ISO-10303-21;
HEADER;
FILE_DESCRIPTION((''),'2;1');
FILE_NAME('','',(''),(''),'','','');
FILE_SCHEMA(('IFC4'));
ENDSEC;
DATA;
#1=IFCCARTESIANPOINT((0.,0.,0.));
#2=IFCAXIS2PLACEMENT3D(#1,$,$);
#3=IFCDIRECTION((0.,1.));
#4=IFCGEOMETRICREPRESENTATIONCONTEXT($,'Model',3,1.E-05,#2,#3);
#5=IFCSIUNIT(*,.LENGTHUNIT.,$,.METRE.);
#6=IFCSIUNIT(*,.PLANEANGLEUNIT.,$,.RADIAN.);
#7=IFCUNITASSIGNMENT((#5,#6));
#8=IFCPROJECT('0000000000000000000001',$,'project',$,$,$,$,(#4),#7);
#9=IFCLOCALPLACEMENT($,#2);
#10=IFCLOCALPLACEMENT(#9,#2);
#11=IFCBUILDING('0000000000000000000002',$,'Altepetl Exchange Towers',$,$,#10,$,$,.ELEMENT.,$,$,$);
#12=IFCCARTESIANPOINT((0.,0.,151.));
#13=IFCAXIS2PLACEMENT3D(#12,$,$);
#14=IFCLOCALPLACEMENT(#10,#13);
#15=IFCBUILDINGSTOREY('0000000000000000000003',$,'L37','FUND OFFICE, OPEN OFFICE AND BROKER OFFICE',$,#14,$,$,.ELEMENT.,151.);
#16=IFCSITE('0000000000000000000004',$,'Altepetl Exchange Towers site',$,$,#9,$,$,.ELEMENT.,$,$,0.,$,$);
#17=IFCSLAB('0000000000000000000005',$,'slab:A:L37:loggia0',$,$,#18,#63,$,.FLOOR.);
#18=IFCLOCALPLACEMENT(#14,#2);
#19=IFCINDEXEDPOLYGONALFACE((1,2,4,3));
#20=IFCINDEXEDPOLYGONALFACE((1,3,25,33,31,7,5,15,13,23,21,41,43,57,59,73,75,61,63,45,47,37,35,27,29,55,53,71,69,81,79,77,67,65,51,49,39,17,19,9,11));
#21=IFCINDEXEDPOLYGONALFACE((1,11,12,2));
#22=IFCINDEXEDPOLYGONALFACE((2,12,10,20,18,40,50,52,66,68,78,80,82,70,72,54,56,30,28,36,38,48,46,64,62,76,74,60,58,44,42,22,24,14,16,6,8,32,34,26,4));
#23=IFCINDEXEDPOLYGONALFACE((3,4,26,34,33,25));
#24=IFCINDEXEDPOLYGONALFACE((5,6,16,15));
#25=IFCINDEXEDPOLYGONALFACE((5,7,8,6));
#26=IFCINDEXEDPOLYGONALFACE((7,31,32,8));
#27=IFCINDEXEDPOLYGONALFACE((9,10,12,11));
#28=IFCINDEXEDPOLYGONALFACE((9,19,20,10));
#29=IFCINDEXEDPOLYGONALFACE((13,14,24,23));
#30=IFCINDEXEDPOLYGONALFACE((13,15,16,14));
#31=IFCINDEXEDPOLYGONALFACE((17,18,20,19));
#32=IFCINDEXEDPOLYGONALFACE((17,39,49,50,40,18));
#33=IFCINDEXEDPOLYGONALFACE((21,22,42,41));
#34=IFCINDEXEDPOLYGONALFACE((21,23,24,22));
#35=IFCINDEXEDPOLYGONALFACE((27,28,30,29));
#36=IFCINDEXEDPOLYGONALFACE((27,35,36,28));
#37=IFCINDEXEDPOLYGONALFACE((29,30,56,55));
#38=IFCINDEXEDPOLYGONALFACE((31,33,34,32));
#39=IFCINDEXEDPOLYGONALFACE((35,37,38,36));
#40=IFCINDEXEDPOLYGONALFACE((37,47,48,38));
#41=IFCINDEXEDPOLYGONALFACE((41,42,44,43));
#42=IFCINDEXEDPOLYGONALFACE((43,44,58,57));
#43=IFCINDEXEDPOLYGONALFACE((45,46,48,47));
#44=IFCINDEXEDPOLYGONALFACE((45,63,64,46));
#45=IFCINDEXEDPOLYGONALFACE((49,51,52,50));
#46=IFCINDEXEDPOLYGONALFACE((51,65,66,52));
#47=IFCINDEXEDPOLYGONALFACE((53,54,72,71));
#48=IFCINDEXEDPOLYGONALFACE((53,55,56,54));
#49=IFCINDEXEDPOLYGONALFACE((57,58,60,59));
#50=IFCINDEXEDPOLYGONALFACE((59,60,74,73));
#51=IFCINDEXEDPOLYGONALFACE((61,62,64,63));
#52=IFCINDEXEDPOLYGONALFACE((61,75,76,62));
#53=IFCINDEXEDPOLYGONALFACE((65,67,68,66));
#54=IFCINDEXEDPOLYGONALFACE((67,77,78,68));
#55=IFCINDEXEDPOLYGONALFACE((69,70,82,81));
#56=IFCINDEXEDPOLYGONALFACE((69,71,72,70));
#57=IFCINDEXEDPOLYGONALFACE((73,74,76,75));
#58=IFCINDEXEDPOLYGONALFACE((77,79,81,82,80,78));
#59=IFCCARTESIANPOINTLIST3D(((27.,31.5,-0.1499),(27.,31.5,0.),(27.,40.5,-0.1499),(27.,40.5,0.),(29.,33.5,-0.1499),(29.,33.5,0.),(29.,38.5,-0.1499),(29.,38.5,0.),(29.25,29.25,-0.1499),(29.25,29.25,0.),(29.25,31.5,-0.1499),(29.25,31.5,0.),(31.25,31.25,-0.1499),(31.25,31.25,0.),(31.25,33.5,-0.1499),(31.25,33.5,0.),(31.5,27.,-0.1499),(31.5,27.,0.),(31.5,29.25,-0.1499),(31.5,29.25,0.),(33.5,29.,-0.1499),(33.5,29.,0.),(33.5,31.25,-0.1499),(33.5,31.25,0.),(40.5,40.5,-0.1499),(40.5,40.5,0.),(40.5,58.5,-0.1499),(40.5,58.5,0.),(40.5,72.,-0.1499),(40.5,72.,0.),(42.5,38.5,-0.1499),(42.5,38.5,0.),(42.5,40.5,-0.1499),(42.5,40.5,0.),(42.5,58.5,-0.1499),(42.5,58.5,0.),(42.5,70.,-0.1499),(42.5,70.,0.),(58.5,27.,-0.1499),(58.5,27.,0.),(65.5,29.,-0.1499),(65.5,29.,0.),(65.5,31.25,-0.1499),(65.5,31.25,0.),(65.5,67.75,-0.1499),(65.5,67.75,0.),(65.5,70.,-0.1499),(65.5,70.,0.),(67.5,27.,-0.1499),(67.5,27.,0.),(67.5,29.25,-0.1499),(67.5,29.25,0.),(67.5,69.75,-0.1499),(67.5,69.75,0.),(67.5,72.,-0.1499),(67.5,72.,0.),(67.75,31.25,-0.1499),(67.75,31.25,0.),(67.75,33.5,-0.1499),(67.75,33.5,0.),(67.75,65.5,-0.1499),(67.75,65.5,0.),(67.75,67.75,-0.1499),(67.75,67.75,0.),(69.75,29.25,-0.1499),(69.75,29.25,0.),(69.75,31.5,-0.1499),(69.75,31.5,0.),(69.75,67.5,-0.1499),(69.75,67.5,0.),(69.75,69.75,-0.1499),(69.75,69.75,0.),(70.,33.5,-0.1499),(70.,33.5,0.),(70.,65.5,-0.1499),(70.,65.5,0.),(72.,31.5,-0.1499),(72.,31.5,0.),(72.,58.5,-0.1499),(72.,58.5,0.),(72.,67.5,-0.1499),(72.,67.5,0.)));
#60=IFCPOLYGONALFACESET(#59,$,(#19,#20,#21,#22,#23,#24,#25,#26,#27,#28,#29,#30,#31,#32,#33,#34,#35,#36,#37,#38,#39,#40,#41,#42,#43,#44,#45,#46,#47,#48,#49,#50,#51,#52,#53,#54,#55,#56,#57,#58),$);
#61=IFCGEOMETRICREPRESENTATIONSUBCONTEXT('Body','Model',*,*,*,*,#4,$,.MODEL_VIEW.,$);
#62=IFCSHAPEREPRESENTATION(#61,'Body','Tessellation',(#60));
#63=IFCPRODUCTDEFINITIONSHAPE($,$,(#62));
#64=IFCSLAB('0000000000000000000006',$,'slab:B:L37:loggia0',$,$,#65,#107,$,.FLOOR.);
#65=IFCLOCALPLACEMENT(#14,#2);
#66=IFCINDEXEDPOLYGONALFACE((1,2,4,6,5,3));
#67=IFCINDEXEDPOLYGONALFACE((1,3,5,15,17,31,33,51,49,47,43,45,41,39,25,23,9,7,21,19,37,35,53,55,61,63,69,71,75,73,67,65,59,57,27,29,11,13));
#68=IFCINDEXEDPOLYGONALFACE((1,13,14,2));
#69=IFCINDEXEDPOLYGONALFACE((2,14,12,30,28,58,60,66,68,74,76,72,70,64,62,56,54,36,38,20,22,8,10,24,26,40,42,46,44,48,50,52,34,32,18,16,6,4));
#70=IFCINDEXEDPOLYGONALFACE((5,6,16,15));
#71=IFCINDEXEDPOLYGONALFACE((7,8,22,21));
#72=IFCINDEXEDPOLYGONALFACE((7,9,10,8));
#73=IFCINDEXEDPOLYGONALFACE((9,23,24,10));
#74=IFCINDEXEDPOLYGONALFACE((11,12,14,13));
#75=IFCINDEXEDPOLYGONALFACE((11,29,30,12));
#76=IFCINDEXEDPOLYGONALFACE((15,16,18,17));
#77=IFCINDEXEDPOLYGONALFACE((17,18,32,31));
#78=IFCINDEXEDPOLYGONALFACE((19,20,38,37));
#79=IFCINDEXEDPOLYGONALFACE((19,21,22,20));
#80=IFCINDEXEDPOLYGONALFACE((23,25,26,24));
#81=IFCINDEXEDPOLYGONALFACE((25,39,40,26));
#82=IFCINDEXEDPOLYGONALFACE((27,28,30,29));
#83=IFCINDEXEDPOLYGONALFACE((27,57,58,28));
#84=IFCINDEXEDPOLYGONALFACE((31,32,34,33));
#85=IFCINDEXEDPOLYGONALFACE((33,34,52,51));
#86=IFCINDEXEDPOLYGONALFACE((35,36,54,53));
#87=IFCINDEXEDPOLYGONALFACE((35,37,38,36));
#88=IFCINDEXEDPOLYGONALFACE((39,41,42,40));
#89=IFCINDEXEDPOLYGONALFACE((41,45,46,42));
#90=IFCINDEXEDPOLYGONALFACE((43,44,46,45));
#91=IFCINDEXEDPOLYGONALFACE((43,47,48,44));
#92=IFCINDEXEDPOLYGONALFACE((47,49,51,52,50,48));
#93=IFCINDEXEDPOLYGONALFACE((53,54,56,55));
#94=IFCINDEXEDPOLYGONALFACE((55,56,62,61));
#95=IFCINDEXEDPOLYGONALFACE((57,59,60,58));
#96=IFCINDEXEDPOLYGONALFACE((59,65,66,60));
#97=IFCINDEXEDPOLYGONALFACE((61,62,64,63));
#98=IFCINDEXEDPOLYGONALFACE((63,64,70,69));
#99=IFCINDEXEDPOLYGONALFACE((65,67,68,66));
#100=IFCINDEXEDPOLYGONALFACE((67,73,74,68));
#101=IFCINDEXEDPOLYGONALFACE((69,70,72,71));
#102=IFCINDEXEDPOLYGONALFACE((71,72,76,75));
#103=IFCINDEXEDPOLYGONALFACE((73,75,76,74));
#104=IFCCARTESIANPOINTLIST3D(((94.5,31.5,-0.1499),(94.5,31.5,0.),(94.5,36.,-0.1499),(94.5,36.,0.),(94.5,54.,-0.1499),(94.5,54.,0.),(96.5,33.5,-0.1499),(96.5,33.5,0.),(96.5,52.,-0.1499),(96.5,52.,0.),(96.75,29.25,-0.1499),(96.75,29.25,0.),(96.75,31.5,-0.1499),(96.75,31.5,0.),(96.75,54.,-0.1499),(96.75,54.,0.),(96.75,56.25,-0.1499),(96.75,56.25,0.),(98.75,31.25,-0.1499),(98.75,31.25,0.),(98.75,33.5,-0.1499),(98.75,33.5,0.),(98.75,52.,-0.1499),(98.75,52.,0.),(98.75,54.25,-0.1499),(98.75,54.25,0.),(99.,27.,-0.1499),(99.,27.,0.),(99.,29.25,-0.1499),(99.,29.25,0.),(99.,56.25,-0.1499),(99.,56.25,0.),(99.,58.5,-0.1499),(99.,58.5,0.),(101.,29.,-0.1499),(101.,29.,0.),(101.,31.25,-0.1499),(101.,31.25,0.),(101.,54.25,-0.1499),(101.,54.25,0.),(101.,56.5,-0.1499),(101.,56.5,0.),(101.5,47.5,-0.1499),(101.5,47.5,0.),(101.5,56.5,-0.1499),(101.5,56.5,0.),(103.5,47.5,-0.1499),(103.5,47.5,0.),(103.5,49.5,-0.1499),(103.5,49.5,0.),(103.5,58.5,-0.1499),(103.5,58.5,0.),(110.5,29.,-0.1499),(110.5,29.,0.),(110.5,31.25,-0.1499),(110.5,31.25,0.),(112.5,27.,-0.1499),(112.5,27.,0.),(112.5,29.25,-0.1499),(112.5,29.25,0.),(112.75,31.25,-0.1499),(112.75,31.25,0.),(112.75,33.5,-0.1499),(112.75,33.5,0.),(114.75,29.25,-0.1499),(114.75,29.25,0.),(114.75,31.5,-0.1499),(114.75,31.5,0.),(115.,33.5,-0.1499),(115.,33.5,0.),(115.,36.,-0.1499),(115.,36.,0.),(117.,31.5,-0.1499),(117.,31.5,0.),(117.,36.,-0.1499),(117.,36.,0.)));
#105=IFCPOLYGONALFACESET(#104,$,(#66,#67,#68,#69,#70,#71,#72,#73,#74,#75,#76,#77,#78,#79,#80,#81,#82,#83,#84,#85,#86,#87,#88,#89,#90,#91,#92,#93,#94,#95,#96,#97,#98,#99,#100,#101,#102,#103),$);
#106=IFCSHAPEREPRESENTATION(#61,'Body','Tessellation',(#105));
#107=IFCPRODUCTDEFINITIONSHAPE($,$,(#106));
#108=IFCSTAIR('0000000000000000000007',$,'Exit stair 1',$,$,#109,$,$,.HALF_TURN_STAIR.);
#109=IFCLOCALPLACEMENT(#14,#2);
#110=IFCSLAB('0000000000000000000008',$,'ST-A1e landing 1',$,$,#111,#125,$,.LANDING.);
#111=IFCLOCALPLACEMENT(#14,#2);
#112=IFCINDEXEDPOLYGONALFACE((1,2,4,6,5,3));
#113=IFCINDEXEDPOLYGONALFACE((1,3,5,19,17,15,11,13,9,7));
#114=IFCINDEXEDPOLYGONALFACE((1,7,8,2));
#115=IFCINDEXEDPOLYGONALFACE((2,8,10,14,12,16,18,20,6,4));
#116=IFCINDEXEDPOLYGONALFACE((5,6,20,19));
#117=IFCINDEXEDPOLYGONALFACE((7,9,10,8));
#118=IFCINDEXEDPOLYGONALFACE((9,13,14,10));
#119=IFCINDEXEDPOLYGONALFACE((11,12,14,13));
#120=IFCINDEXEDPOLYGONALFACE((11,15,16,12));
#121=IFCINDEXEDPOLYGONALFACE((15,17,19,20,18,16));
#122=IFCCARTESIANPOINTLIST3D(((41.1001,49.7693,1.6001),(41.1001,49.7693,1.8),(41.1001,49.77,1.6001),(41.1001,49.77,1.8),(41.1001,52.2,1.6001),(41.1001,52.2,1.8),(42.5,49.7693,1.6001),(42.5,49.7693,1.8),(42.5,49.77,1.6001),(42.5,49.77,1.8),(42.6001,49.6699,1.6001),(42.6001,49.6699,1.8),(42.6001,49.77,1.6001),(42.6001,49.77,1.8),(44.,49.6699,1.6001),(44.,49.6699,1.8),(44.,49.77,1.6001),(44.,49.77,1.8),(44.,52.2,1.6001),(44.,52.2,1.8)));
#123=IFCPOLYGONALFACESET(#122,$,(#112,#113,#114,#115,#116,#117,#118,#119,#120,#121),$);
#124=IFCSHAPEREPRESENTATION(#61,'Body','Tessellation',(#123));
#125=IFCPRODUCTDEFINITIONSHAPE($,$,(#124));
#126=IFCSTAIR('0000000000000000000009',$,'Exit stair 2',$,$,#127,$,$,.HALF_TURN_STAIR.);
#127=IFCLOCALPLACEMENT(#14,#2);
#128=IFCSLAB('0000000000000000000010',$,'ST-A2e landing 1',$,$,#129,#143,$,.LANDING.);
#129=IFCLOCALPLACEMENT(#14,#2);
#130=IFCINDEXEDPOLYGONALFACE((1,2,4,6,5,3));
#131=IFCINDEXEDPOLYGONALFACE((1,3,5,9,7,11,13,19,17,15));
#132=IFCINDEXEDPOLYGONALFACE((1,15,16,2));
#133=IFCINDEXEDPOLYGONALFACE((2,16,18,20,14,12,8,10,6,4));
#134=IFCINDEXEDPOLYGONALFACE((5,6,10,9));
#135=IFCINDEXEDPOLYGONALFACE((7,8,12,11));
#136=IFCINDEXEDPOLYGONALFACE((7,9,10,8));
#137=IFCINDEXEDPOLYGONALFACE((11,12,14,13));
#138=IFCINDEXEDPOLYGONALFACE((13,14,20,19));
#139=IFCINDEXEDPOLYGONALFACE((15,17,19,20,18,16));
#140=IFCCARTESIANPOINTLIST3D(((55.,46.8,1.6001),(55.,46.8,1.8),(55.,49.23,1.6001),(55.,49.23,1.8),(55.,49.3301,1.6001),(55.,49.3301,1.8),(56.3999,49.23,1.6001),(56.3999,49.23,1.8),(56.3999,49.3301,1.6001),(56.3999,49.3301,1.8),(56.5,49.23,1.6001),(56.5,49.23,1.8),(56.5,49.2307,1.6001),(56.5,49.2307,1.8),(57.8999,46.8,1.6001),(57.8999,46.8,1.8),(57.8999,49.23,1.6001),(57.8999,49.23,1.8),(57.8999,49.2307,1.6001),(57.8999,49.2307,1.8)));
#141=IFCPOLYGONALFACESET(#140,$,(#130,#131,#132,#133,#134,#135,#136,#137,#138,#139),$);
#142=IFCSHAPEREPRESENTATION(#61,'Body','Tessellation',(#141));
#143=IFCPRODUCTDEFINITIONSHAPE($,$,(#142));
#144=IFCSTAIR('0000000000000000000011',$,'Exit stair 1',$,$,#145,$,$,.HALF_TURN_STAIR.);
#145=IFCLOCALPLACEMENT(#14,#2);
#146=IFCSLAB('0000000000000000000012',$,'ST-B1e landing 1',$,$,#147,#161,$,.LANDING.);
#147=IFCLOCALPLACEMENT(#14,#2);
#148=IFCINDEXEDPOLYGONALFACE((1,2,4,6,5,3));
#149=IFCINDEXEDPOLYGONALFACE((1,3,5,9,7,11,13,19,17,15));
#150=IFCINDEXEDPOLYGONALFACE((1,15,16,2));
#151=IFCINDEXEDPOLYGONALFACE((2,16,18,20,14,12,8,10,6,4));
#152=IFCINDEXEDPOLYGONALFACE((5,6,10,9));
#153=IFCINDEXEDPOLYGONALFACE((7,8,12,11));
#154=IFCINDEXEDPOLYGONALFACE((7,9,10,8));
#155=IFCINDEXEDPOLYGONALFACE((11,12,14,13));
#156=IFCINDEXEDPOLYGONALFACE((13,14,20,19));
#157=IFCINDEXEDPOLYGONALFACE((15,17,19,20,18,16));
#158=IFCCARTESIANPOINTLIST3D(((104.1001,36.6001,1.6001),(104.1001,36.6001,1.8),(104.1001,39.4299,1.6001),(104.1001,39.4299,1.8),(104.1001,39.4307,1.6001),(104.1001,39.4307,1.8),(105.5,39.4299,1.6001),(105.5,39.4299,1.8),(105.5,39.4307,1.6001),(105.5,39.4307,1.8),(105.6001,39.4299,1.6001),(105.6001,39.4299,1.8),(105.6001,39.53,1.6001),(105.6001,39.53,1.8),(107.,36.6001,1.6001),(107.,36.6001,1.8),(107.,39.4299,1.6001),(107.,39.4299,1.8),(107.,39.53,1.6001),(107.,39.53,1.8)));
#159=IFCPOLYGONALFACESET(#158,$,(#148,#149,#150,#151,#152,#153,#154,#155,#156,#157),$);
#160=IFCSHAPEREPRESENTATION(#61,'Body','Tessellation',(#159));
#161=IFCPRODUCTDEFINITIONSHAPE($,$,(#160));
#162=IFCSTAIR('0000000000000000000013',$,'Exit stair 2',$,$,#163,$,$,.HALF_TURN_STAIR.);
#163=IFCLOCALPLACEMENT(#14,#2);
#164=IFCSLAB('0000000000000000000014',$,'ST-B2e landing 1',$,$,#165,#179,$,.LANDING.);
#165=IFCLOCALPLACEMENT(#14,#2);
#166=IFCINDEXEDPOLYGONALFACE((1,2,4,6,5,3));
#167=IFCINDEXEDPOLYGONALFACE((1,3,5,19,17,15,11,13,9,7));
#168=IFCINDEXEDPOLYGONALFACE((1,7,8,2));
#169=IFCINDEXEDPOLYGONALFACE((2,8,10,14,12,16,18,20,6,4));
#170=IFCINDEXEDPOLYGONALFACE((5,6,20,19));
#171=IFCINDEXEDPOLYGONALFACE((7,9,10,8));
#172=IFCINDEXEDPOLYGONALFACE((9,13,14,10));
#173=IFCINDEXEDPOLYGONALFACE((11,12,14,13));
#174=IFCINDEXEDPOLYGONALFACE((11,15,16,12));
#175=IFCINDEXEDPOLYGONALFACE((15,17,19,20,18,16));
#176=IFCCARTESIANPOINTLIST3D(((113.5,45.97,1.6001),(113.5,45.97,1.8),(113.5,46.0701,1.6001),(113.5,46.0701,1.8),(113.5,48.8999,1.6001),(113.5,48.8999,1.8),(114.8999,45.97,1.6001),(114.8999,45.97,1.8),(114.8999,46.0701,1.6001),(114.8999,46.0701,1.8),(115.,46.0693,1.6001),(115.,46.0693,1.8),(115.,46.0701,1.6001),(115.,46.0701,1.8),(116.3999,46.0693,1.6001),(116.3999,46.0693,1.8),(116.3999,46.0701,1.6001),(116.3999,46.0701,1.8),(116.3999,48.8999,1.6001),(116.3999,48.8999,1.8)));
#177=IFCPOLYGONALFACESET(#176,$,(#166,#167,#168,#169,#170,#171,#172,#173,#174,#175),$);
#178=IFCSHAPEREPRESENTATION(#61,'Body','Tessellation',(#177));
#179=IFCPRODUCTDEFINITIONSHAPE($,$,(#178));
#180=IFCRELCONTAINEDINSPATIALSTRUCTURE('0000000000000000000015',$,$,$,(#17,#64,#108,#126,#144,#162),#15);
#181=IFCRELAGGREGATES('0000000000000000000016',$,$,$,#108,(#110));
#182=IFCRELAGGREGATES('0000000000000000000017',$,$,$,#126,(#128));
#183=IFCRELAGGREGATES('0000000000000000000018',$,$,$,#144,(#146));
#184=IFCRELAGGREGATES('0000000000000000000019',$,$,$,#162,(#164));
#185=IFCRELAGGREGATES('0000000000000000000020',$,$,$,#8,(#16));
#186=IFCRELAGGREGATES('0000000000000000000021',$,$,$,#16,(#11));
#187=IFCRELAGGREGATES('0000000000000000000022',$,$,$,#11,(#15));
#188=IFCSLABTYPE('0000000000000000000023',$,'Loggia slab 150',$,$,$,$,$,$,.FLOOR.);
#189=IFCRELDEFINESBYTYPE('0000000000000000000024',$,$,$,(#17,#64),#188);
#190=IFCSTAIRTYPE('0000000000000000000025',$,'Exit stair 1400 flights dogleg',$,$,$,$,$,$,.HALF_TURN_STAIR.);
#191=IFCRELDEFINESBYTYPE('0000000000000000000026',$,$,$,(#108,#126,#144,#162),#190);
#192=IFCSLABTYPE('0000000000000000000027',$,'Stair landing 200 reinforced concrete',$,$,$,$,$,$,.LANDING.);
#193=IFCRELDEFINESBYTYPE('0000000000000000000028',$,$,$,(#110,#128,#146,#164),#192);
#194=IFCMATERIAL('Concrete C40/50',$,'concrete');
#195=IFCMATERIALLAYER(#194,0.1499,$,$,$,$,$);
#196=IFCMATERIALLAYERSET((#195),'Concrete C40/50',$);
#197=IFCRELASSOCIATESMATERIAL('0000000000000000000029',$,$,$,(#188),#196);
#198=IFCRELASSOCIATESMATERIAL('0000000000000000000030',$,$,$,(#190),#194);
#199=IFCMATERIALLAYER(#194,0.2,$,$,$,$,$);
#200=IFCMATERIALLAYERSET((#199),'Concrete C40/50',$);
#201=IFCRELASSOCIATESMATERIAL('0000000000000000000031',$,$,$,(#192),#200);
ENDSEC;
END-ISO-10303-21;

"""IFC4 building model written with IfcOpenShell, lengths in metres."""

from ifc_helpers import new_model, si_unit, direction, frame, origin, place, context, subcontext, project, spatial, polyline, outline, extrude, material, layer, layer_set, type_object, element, aggregate, save


model = new_model("IFC4")

# Units and contexts
model_context = context("Model", 3, precision=1e-05, world=origin(), true_north=direction((0.0, 1.0)))
body_context = subcontext(model_context, "Body", "Model", "MODEL_VIEW")
ifc_project = project(units=[si_unit("LENGTHUNIT", "METRE"), si_unit("PLANEANGLEUNIT", "RADIAN")], contexts=[model_context])

# Site, building, storey
site_placement = place(None, origin())
site = spatial("IfcSite", under=ifc_project, at=site_placement, Name="Altepetl Exchange Towers site", CompositionType="ELEMENT", RefElevation=0.0)
building_placement = place(site_placement, origin())
building = spatial("IfcBuilding", under=site, at=building_placement, Name="Altepetl Exchange Towers", CompositionType="ELEMENT")
storey_placement = place(building_placement, frame((0.0, 0.0, 151.0)))
storey = spatial("IfcBuildingStorey", under=building, at=storey_placement, Name="L37", Description="FUND OFFICE, OPEN OFFICE AND BROKER OFFICE", CompositionType="ELEMENT", Elevation=151.0)

# Slabs
ifc_material_1 = material(Name="Concrete C40/50", Category="concrete")
ifc_layer_1 = layer(ifc_material_1, 0.1499)
ifc_layer_set_1 = layer_set([ifc_layer_1], Name="Concrete C40/50")
slab_type_1 = type_object("IfcSlabType", Name="Loggia slab 150", PredefinedType="FLOOR", material=ifc_layer_set_1)
slab_1_placement = place(storey_placement, frame((0.0, 0.0, -0.1499)))
element("IfcSlab", 1, at=slab_1_placement, inside=storey, type_object=slab_type_1, Name="slab:A:L37:loggia0", PredefinedType="FLOOR", context=body_context, shape_type="SweptSolid", body=[
    extrude(outline(polyline([(40.5, 72.0), (40.5, 58.5), (42.5, 58.5), (42.5, 70.0), (65.5, 70.0), (65.5, 67.75), (67.75, 67.75), (67.75, 65.5), (70.0, 65.5), (70.0, 33.5), (67.75, 33.5), (67.75, 31.25), (65.5, 31.25), (65.5, 29.0), (33.5, 29.0), (33.5, 31.25), (31.25, 31.25), (31.25, 33.5), (29.0, 33.5), (29.0, 38.5), (42.5, 38.5), (42.5, 40.5), (40.5, 40.5), (27.0, 40.5), (27.0, 31.5), (29.25, 31.5), (29.25, 29.25), (31.5, 29.25), (31.5, 27.0), (58.5, 27.0), (67.5, 27.0), (67.5, 29.25), (69.75, 29.25), (69.75, 31.5), (72.0, 31.5), (72.0, 58.5), (72.0, 67.5), (69.75, 67.5), (69.75, 69.75), (67.5, 69.75), (67.5, 72.0), (40.5, 72.0)])), origin(), (0.0, 0.0, 1.0), 0.1499),
])
slab_2_placement = place(storey_placement, frame((0.0, 0.0, -0.1499)))
element("IfcSlab", 2, at=slab_2_placement, inside=storey, type_object=slab_type_1, Name="slab:B:L37:loggia0", PredefinedType="FLOOR", context=body_context, shape_type="SweptSolid", body=[
    extrude(outline(polyline([(99.0, 29.25), (99.0, 27.0), (112.5, 27.0), (112.5, 29.25), (114.75, 29.25), (114.75, 31.5), (117.0, 31.5), (117.0, 36.0), (115.0, 36.0), (115.0, 33.5), (112.75, 33.5), (112.75, 31.25), (110.5, 31.25), (110.5, 29.0), (101.0, 29.0), (101.0, 31.25), (98.75, 31.25), (98.75, 33.5), (96.5, 33.5), (96.5, 52.0), (98.75, 52.0), (98.75, 54.25), (101.0, 54.25), (101.0, 56.5), (101.5, 56.5), (101.5, 47.5), (103.5, 47.5), (103.5, 49.5), (103.5, 58.5), (99.0, 58.5), (99.0, 56.25), (96.75, 56.25), (96.75, 54.0), (94.5, 54.0), (94.5, 36.0), (94.5, 31.5), (96.75, 31.5), (96.75, 29.25), (99.0, 29.25)])), origin(), (0.0, 0.0, 1.0), 0.1499),
])

# Stairs, slabs
stair_type = type_object("IfcStairType", Name="Exit stair 1400 flights dogleg", PredefinedType="HALF_TURN_STAIR", material=ifc_material_1)
stair_1_placement = place(storey_placement, origin())
stair_1 = element("IfcStair", 3, at=stair_1_placement, inside=storey, type_object=stair_type, Name="Exit stair 1", PredefinedType="HALF_TURN_STAIR")
ifc_layer_2 = layer(ifc_material_1, 0.2)
ifc_layer_set_2 = layer_set([ifc_layer_2], Name="Concrete C40/50")
slab_type_2 = type_object("IfcSlabType", Name="Stair landing 200 reinforced concrete", PredefinedType="LANDING", material=ifc_layer_set_2)
slab_3_placement = place(storey_placement, frame((0.0, 0.0, 1.6001)))
slab_3 = element("IfcSlab", 4, at=slab_3_placement, type_object=slab_type_2, Name="ST-A1e landing 1", PredefinedType="LANDING", context=body_context, shape_type="SweptSolid", body=[
    extrude(outline(polyline([(44.0, 49.6699), (42.6001, 49.6699), (42.6001, 49.77), (42.5, 49.77), (42.5, 49.7693), (41.1001, 49.7693), (41.1001, 49.77), (41.1001, 52.2), (44.0, 52.2), (44.0, 49.77), (44.0, 49.6699)])), origin(), (0.0, 0.0, 1.0), 0.2),
])
aggregate(stair_1, [slab_3])
stair_2_placement = place(storey_placement, origin())
stair_2 = element("IfcStair", 5, at=stair_2_placement, inside=storey, type_object=stair_type, Name="Exit stair 2", PredefinedType="HALF_TURN_STAIR")
slab_4_placement = place(storey_placement, frame((0.0, 0.0, 1.6001)))
slab_4 = element("IfcSlab", 6, at=slab_4_placement, type_object=slab_type_2, Name="ST-A2e landing 1", PredefinedType="LANDING", context=body_context, shape_type="SweptSolid", body=[
    extrude(outline(polyline([(57.8999, 46.8), (55.0, 46.8), (55.0, 49.23), (55.0, 49.3301), (56.3999, 49.3301), (56.3999, 49.23), (56.5, 49.23), (56.5, 49.2307), (57.8999, 49.2307), (57.8999, 49.23), (57.8999, 46.8)])), origin(), (0.0, 0.0, 1.0), 0.2),
])
aggregate(stair_2, [slab_4])
stair_3_placement = place(storey_placement, origin())
stair_3 = element("IfcStair", 7, at=stair_3_placement, inside=storey, type_object=stair_type, Name="Exit stair 1", PredefinedType="HALF_TURN_STAIR")
slab_5_placement = place(storey_placement, frame((0.0, 0.0, 1.6001)))
slab_5 = element("IfcSlab", 8, at=slab_5_placement, type_object=slab_type_2, Name="ST-B1e landing 1", PredefinedType="LANDING", context=body_context, shape_type="SweptSolid", body=[
    extrude(outline(polyline([(107.0, 36.6001), (104.1001, 36.6001), (104.1001, 39.4299), (104.1001, 39.4307), (105.5, 39.4307), (105.5, 39.4299), (105.6001, 39.4299), (105.6001, 39.53), (107.0, 39.53), (107.0, 39.4299), (107.0, 36.6001)])), origin(), (0.0, 0.0, 1.0), 0.2),
])
aggregate(stair_3, [slab_5])
stair_4_placement = place(storey_placement, origin())
stair_4 = element("IfcStair", 9, at=stair_4_placement, inside=storey, type_object=stair_type, Name="Exit stair 2", PredefinedType="HALF_TURN_STAIR")
slab_6_placement = place(storey_placement, frame((0.0, 0.0, 1.6001)))
slab_6 = element("IfcSlab", 10, at=slab_6_placement, type_object=slab_type_2, Name="ST-B2e landing 1", PredefinedType="LANDING", context=body_context, shape_type="SweptSolid", body=[
    extrude(outline(polyline([(114.8999, 45.97), (113.5, 45.97), (113.5, 46.0701), (113.5, 48.8999), (116.3999, 48.8999), (116.3999, 46.0701), (116.3999, 46.0693), (115.0, 46.0693), (115.0, 46.0701), (114.8999, 46.0701), (114.8999, 45.97)])), origin(), (0.0, 0.0, 1.0), 0.2),
])
aggregate(stair_4, [slab_6])

save(model, "model.ifc")
